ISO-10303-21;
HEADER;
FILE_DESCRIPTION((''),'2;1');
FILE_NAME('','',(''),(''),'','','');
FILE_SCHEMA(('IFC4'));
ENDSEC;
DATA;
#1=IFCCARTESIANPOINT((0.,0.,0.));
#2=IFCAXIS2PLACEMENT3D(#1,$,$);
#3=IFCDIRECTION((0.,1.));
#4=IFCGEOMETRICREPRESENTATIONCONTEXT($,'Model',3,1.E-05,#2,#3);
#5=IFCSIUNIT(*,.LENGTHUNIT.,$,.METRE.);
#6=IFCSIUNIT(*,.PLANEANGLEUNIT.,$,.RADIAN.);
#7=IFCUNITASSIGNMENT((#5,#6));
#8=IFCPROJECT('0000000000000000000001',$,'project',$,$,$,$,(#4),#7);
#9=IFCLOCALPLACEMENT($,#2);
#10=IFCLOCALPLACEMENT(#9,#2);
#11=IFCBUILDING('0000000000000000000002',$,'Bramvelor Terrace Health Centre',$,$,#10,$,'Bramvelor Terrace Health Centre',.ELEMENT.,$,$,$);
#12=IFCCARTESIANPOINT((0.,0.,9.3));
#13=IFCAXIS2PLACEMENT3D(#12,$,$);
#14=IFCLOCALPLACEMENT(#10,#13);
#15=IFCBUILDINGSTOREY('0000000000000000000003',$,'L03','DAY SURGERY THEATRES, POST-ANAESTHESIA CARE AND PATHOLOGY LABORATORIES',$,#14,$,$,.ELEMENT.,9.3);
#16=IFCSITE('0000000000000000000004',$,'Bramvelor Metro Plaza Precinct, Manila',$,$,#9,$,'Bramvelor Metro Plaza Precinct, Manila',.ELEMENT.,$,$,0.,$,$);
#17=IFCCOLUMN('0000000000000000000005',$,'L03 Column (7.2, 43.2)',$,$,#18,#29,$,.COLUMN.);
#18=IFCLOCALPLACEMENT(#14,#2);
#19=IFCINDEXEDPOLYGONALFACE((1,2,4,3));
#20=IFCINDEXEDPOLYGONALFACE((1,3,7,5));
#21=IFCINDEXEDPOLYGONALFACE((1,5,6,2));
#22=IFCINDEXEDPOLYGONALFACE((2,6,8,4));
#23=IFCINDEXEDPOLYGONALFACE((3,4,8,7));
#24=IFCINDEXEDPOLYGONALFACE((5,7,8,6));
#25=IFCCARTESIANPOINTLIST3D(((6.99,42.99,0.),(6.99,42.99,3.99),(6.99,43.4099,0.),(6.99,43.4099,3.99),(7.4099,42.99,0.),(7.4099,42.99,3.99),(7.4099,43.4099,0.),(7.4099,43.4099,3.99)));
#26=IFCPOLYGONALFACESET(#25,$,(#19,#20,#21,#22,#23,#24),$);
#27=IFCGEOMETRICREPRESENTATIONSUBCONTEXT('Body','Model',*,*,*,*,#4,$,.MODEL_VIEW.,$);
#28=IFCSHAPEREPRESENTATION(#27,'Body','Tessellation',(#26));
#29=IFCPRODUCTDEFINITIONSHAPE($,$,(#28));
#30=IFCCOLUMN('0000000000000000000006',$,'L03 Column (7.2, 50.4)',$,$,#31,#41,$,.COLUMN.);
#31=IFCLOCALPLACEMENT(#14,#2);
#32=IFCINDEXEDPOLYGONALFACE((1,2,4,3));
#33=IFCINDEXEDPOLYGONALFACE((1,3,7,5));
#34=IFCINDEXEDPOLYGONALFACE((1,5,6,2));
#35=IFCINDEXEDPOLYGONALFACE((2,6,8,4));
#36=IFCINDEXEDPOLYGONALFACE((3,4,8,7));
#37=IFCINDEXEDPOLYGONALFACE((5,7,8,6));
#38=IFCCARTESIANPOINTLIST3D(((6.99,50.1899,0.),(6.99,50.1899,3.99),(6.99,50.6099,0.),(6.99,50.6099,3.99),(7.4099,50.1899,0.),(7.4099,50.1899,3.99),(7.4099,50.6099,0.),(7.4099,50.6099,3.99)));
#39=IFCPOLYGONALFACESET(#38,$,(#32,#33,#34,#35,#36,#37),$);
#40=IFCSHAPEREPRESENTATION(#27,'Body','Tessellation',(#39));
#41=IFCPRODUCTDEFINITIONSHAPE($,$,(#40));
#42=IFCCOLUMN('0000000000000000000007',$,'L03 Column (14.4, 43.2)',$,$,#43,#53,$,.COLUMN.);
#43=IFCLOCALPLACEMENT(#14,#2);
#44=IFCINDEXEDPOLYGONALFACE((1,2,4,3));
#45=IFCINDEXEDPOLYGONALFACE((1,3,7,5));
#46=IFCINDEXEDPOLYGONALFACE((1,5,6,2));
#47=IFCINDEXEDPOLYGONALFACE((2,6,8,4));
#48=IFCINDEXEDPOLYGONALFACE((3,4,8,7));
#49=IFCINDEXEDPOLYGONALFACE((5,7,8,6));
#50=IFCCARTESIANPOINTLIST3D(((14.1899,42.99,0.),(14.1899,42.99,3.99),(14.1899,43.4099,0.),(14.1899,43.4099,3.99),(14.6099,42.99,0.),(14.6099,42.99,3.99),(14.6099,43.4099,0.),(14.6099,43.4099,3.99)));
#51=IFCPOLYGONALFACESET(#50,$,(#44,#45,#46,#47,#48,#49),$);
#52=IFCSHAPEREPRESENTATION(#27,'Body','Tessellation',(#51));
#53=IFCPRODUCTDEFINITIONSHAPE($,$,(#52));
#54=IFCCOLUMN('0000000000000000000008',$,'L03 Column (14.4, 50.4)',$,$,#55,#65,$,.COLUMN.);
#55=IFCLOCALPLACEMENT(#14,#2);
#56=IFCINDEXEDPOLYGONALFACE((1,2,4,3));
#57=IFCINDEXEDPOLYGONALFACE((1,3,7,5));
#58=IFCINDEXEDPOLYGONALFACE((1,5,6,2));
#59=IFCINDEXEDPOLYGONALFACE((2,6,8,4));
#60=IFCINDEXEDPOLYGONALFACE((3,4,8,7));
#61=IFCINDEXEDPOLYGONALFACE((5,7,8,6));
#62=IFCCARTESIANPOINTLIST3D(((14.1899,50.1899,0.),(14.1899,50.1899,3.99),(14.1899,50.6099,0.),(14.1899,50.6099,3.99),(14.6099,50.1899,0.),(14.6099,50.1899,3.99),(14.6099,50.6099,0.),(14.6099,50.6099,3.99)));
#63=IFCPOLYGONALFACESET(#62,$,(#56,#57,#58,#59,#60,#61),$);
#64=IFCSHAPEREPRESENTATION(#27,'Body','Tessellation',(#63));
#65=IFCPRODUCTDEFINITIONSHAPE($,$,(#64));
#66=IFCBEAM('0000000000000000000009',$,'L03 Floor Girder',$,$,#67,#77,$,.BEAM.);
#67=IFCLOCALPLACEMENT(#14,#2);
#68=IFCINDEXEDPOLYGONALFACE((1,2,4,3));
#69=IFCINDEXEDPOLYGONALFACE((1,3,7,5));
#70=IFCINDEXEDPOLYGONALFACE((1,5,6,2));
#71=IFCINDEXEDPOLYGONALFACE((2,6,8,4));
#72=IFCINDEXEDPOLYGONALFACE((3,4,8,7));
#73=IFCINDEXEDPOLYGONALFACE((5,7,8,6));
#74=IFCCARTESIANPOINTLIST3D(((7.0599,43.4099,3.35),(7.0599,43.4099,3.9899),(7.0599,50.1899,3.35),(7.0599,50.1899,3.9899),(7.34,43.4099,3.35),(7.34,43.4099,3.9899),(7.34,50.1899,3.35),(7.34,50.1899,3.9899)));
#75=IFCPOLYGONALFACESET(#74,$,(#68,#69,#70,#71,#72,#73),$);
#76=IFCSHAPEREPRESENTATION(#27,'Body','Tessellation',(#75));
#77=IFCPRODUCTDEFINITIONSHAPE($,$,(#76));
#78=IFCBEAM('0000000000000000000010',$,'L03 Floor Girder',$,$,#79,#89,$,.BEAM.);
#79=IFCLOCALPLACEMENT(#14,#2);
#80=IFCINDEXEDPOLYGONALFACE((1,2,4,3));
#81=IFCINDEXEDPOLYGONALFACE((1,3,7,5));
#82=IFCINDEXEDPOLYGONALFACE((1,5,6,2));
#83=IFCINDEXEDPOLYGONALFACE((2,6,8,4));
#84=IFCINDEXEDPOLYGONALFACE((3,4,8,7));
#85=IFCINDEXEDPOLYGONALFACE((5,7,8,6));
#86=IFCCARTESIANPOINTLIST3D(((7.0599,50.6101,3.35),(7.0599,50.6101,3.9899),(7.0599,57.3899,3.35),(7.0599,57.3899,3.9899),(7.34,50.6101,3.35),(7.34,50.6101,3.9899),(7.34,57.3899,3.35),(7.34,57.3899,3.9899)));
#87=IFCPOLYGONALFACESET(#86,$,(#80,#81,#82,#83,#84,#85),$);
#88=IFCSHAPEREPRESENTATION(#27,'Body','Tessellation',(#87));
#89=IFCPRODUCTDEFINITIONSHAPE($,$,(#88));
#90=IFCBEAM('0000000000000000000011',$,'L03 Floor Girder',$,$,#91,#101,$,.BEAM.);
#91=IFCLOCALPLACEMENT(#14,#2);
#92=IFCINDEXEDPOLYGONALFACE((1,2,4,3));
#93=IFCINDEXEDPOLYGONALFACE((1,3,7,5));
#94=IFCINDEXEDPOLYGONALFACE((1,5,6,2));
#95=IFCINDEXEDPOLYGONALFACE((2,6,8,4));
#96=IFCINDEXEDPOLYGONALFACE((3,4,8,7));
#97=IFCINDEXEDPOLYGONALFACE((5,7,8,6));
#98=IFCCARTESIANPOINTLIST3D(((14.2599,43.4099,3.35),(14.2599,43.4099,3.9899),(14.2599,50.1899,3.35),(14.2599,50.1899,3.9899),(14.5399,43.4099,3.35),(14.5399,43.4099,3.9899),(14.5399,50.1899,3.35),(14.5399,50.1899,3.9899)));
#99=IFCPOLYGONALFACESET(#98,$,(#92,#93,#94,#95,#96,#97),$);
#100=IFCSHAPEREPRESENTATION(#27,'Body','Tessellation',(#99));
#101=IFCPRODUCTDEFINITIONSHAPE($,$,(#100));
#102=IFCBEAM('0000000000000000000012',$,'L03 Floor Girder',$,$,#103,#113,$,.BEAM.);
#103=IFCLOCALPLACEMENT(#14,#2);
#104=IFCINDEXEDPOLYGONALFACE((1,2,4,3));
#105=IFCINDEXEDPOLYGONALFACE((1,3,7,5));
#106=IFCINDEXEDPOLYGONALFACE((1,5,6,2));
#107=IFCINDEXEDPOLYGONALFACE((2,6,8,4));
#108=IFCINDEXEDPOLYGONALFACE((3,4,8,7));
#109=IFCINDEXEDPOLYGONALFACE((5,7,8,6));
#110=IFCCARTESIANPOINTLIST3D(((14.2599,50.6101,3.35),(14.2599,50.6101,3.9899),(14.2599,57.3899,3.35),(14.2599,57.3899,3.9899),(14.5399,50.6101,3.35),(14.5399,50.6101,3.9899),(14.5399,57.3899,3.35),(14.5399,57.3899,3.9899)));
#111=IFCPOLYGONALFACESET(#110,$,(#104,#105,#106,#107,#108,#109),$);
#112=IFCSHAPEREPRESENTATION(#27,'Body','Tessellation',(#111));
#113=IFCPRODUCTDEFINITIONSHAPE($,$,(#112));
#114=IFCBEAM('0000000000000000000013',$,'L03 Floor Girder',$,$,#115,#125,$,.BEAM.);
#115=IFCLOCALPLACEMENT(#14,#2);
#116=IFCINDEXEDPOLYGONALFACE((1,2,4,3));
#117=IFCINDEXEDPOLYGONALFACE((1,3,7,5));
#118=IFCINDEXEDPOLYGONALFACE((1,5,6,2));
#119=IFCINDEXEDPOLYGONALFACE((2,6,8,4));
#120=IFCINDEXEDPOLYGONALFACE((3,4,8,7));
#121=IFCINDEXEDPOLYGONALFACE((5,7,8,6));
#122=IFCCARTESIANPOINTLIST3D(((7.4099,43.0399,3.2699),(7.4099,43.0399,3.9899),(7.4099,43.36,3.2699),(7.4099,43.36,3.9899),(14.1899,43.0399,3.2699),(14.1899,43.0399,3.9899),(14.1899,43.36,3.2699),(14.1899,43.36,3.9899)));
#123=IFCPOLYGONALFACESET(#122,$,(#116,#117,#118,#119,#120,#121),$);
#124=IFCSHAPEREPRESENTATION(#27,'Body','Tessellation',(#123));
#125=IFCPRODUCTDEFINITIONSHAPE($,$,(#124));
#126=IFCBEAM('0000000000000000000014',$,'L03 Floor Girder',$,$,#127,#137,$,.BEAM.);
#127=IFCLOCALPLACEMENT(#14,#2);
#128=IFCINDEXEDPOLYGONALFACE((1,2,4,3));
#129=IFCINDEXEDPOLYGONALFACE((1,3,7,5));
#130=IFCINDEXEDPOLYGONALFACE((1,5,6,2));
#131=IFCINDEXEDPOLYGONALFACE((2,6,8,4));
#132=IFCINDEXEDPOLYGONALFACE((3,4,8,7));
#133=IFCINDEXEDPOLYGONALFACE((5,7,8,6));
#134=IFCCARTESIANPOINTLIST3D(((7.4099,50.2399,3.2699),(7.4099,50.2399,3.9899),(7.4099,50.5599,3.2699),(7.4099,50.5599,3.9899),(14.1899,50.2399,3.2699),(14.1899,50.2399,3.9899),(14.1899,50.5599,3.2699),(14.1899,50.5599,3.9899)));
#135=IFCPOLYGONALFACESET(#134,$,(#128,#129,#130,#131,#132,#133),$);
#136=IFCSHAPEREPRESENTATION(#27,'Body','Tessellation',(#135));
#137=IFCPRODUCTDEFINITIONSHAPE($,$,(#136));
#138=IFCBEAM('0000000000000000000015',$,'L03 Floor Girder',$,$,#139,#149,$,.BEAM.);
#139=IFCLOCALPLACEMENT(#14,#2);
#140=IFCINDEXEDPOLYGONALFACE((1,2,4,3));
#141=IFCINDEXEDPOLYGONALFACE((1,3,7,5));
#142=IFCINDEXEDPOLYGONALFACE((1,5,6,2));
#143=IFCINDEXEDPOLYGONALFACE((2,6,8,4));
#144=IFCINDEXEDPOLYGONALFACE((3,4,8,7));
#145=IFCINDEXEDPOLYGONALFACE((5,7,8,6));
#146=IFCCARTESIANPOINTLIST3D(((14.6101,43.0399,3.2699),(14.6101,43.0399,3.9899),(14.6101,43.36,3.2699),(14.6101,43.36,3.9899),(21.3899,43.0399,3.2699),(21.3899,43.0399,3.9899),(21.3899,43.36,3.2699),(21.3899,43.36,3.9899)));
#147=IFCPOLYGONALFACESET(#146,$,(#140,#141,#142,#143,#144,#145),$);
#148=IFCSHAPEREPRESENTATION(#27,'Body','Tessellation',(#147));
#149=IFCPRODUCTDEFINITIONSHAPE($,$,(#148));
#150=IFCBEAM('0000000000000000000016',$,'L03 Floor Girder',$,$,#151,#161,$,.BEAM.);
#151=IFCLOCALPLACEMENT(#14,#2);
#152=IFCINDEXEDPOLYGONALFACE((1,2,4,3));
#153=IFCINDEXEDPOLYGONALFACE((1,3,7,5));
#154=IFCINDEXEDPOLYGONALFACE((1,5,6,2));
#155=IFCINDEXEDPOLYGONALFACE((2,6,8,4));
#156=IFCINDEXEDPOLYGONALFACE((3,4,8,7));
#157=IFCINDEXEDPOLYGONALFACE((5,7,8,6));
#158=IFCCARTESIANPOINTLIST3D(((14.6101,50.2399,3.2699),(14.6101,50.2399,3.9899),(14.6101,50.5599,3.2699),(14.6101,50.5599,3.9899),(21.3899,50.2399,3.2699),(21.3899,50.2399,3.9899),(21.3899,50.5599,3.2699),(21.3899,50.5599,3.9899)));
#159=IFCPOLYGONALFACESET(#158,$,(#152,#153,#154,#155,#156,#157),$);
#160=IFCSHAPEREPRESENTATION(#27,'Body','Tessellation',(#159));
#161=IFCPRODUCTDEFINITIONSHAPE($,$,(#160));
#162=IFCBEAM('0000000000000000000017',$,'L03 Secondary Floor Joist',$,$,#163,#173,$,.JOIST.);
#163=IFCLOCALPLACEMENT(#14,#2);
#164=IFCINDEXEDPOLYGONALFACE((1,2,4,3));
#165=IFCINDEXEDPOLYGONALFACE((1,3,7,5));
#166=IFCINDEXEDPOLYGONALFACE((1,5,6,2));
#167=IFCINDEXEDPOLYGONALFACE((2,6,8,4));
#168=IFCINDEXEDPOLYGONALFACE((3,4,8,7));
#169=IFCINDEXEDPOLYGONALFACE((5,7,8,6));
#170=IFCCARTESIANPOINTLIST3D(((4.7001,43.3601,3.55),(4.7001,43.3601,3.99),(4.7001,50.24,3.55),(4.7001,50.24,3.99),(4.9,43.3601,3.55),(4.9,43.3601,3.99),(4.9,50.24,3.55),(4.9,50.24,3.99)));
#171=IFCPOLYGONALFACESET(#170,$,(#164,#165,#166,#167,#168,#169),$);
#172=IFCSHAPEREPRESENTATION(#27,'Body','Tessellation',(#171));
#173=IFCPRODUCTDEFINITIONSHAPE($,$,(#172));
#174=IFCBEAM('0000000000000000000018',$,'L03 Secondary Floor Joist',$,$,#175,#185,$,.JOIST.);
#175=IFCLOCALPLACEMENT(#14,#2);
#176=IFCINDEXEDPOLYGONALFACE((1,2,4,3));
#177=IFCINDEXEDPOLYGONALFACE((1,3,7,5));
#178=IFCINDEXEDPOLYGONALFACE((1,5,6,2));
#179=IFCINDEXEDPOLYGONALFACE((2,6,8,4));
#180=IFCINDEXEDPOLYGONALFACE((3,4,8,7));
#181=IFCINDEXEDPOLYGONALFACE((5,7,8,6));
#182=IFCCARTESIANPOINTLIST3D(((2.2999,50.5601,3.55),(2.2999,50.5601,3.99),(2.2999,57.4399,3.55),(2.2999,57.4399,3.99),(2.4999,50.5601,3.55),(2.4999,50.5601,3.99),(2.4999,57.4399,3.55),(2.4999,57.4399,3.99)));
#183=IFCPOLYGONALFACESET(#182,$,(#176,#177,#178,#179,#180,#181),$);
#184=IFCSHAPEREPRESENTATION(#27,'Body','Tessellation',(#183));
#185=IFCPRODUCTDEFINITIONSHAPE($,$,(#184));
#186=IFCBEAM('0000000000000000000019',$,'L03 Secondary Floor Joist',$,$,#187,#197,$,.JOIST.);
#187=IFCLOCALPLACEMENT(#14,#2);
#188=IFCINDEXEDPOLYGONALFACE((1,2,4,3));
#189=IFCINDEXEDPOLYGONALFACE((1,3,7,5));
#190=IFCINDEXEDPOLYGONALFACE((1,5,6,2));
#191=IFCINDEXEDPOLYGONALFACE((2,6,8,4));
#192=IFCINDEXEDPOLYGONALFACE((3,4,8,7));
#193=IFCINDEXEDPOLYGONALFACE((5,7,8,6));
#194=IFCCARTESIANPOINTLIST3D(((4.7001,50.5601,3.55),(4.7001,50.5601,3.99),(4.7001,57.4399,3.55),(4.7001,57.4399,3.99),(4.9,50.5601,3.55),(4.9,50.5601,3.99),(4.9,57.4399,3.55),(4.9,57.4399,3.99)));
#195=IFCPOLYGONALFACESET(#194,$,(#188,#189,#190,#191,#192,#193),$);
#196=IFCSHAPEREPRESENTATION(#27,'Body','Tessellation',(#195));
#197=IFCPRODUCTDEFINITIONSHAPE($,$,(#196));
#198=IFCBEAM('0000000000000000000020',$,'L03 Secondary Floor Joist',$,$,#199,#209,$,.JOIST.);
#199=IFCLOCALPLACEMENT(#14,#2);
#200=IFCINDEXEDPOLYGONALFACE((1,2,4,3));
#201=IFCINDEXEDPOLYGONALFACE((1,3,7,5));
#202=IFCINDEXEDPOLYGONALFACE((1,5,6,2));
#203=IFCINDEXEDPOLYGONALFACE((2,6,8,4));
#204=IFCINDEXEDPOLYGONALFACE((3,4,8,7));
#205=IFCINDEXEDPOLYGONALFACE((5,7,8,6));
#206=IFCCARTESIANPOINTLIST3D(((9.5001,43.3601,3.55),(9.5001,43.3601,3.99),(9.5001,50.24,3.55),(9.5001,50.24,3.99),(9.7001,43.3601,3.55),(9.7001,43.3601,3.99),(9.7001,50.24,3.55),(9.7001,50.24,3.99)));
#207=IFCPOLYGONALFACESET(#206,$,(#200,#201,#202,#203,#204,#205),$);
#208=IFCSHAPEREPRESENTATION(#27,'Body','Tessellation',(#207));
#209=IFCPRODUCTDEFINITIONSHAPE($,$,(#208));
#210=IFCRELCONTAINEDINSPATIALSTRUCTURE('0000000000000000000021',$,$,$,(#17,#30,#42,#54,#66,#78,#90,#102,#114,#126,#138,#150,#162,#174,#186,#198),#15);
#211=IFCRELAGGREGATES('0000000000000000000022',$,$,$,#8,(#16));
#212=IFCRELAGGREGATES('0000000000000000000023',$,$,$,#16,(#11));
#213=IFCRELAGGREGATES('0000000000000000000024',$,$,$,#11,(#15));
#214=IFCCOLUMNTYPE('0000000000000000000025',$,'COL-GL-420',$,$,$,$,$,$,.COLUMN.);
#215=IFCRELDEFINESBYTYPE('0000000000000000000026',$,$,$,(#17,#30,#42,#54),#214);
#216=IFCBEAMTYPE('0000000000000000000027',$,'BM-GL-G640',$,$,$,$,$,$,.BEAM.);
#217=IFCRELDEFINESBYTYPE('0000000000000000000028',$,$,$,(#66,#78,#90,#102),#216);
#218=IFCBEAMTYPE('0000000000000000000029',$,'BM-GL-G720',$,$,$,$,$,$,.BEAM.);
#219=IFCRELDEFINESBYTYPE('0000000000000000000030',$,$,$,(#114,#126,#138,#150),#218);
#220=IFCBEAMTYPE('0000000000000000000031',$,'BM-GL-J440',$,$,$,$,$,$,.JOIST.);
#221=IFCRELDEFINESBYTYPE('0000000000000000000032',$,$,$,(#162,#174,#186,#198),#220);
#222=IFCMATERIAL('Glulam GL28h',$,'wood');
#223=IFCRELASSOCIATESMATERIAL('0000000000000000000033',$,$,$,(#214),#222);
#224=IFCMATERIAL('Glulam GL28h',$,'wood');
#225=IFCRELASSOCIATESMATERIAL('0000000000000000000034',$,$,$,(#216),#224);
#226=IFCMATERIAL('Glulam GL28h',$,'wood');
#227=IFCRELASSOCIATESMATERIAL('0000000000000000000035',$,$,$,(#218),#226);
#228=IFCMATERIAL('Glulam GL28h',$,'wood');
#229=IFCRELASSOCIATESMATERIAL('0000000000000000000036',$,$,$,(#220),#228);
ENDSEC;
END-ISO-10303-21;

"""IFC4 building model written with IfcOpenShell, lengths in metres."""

from ifc_helpers import new_model, si_unit, direction, frame, origin, origin_2d, place, context, subcontext, project, spatial, rectangle, extrude, material, material_profile, profile_set, type_object, element, save


model = new_model("IFC4")

# Units and contexts
model_context = context("Model", 3, precision=1e-05, world=origin(), true_north=direction((0.0, 1.0)))
body_context = subcontext(model_context, "Body", "Model", "MODEL_VIEW")
ifc_project = project(units=[si_unit("LENGTHUNIT", "METRE"), si_unit("PLANEANGLEUNIT", "RADIAN")], contexts=[model_context])

# Site, building, storey
site_placement = place(None, origin())
site = spatial("IfcSite", under=ifc_project, at=site_placement, Name="Bramvelor Metro Plaza Precinct, Manila", LongName="Bramvelor Metro Plaza Precinct, Manila", CompositionType="ELEMENT", RefElevation=0.0)
building_placement = place(site_placement, origin())
building = spatial("IfcBuilding", under=site, at=building_placement, Name="Bramvelor Terrace Health Centre", LongName="Bramvelor Terrace Health Centre", CompositionType="ELEMENT")
storey_placement = place(building_placement, frame((0.0, 0.0, 9.3)))
storey = spatial("IfcBuildingStorey", under=building, at=storey_placement, Name="L03", Description="DAY SURGERY THEATRES, POST-ANAESTHESIA CARE AND PATHOLOGY LABORATORIES", CompositionType="ELEMENT", Elevation=9.3)

# Columns
ifc_material_1 = material(Name="Glulam GL28h", Category="wood")
ifc_material_profile_1 = material_profile(ifc_material_1, rectangle(XDim=0.4199, YDim=0.4199, at=origin_2d()), Name="GL 420x420")
ifc_profile_set_1 = profile_set([ifc_material_profile_1], Name="Glulam GL28h")
column_type = type_object("IfcColumnType", Name="COL-GL-420", PredefinedType="COLUMN", material=ifc_profile_set_1)
for number, where, z_axis, x_axis, name in (
    (1, (7.2, 43.2, 0.0), (0.0, 0.0, 1.0), (1.0, 0.0, 0.0), "L03 Column (7.2, 43.2)"),
    (2, (7.2, 50.3999, 0.0), (0.0, 0.0, 1.0), (1.0, 0.0, 0.0), "L03 Column (7.2, 50.4)"),
    (3, (14.3999, 43.2, 0.0), (0.0, 0.0, 1.0), (1.0, 0.0, 0.0), "L03 Column (14.4, 43.2)"),
    (4, (14.3999, 50.3999, 0.0), (0.0, 0.0, 1.0), (1.0, 0.0, 0.0), "L03 Column (14.4, 50.4)"),
):
    element("IfcColumn", number, at=place(storey_placement, frame(where, z_axis=z_axis, x_axis=x_axis)), inside=storey, type_object=column_type, Name=name, PredefinedType="COLUMN", context=body_context, shape_type="SweptSolid", body=[
        extrude(rectangle(XDim=0.4199, YDim=0.4199, at=origin_2d()), origin(), (0.0, 0.0, 1.0), 3.99),
    ])

# Beams
ifc_material_2 = material(Name="Glulam GL28h", Category="wood")
ifc_material_profile_2 = material_profile(ifc_material_2, rectangle(XDim=0.28, YDim=0.6399, at=origin_2d()), Name="GL 280x640")
ifc_profile_set_2 = profile_set([ifc_material_profile_2], Name="Glulam GL28h")
beam_type_1 = type_object("IfcBeamType", Name="BM-GL-G640", PredefinedType="BEAM", material=ifc_profile_set_2)
beam_1_placement = place(storey_placement, frame((7.2, 43.4099, 3.6699), z_axis=(0.0, 1.0, 0.0), x_axis=(-1.0, 0.0, 0.0)))
element("IfcBeam", 5, at=beam_1_placement, inside=storey, type_object=beam_type_1, Name="L03 Floor Girder", PredefinedType="BEAM", context=body_context, shape_type="SweptSolid", body=[
    extrude(rectangle(XDim=0.28, YDim=0.6399, at=origin_2d()), origin(), (0.0, 0.0, 1.0), 6.78),
])
beam_2_placement = place(storey_placement, frame((7.2, 50.6101, 3.6699), z_axis=(0.0, 1.0, 0.0), x_axis=(-1.0, 0.0, 0.0)))
element("IfcBeam", 6, at=beam_2_placement, inside=storey, type_object=beam_type_1, Name="L03 Floor Girder", PredefinedType="BEAM", context=body_context, shape_type="SweptSolid", body=[
    extrude(rectangle(XDim=0.28, YDim=0.6399, at=origin_2d()), origin(), (0.0, 0.0, 1.0), 6.7798),
])
beam_3_placement = place(storey_placement, frame((14.3999, 43.4099, 3.6699), z_axis=(0.0, 1.0, 0.0), x_axis=(-1.0, 0.0, 0.0)))
element("IfcBeam", 7, at=beam_3_placement, inside=storey, type_object=beam_type_1, Name="L03 Floor Girder", PredefinedType="BEAM", context=body_context, shape_type="SweptSolid", body=[
    extrude(rectangle(XDim=0.28, YDim=0.6399, at=origin_2d()), origin(), (0.0, 0.0, 1.0), 6.78),
])
beam_4_placement = place(storey_placement, frame((14.3999, 50.6101, 3.6699), z_axis=(0.0, 1.0, 0.0), x_axis=(-1.0, 0.0, 0.0)))
element("IfcBeam", 8, at=beam_4_placement, inside=storey, type_object=beam_type_1, Name="L03 Floor Girder", PredefinedType="BEAM", context=body_context, shape_type="SweptSolid", body=[
    extrude(rectangle(XDim=0.28, YDim=0.6399, at=origin_2d()), origin(), (0.0, 0.0, 1.0), 6.7798),
])
ifc_material_3 = material(Name="Glulam GL28h", Category="wood")
ifc_material_profile_3 = material_profile(ifc_material_3, rectangle(XDim=0.3201, YDim=0.72, at=origin_2d()), Name="GL 320x720")
ifc_profile_set_3 = profile_set([ifc_material_profile_3], Name="Glulam GL28h")
beam_type_2 = type_object("IfcBeamType", Name="BM-GL-G720", PredefinedType="BEAM", material=ifc_profile_set_3)
for number, where, z_axis, x_axis, name in (
    (9, (7.4099, 43.2, 3.6299), (1.0, 0.0, 0.0), (0.0, 1.0, 0.0), "L03 Floor Girder"),
    (10, (7.4099, 50.3999, 3.6299), (1.0, 0.0, 0.0), (0.0, 1.0, 0.0), "L03 Floor Girder"),
):
    element("IfcBeam", number, at=place(storey_placement, frame(where, z_axis=z_axis, x_axis=x_axis)), inside=storey, type_object=beam_type_2, Name=name, PredefinedType="BEAM", context=body_context, shape_type="SweptSolid", body=[
        extrude(rectangle(XDim=0.3201, YDim=0.72, at=origin_2d()), origin(), (0.0, 0.0, 1.0), 6.78),
    ])
for number, where, z_axis, x_axis, name in (
    (11, (14.6101, 43.2, 3.6299), (1.0, 0.0, 0.0), (0.0, 1.0, 0.0), "L03 Floor Girder"),
    (12, (14.6101, 50.3999, 3.6299), (1.0, 0.0, 0.0), (0.0, 1.0, 0.0), "L03 Floor Girder"),
):
    element("IfcBeam", number, at=place(storey_placement, frame(where, z_axis=z_axis, x_axis=x_axis)), inside=storey, type_object=beam_type_2, Name=name, PredefinedType="BEAM", context=body_context, shape_type="SweptSolid", body=[
        extrude(rectangle(XDim=0.3201, YDim=0.72, at=origin_2d()), origin(), (0.0, 0.0, 1.0), 6.7798),
    ])
ifc_material_4 = material(Name="Glulam GL28h", Category="wood")
ifc_material_profile_4 = material_profile(ifc_material_4, rectangle(XDim=0.2, YDim=0.4399, at=origin_2d()), Name="GL 200x440")
ifc_profile_set_4 = profile_set([ifc_material_profile_4], Name="Glulam GL28h")
beam_type_3 = type_object("IfcBeamType", Name="BM-GL-J440", PredefinedType="JOIST", material=ifc_profile_set_4)
for number, where, z_axis, x_axis, name in (
    (13, (4.8, 43.3601, 3.77), (0.0, 1.0, 0.0), (-1.0, 0.0, 0.0), "L03 Secondary Floor Joist"),
    (14, (2.3999, 50.5601, 3.77), (0.0, 1.0, 0.0), (-1.0, 0.0, 0.0), "L03 Secondary Floor Joist"),
    (15, (4.8, 50.5601, 3.77), (0.0, 1.0, 0.0), (-1.0, 0.0, 0.0), "L03 Secondary Floor Joist"),
    (16, (9.6001, 43.3601, 3.77), (0.0, 1.0, 0.0), (-1.0, 0.0, 0.0), "L03 Secondary Floor Joist"),
):
    element("IfcBeam", number, at=place(storey_placement, frame(where, z_axis=z_axis, x_axis=x_axis)), inside=storey, type_object=beam_type_3, Name=name, PredefinedType="JOIST", context=body_context, shape_type="SweptSolid", body=[
        extrude(rectangle(XDim=0.2, YDim=0.4399, at=origin_2d()), origin(), (0.0, 0.0, 1.0), 6.8799),
    ])

save(model, "model.ifc")
